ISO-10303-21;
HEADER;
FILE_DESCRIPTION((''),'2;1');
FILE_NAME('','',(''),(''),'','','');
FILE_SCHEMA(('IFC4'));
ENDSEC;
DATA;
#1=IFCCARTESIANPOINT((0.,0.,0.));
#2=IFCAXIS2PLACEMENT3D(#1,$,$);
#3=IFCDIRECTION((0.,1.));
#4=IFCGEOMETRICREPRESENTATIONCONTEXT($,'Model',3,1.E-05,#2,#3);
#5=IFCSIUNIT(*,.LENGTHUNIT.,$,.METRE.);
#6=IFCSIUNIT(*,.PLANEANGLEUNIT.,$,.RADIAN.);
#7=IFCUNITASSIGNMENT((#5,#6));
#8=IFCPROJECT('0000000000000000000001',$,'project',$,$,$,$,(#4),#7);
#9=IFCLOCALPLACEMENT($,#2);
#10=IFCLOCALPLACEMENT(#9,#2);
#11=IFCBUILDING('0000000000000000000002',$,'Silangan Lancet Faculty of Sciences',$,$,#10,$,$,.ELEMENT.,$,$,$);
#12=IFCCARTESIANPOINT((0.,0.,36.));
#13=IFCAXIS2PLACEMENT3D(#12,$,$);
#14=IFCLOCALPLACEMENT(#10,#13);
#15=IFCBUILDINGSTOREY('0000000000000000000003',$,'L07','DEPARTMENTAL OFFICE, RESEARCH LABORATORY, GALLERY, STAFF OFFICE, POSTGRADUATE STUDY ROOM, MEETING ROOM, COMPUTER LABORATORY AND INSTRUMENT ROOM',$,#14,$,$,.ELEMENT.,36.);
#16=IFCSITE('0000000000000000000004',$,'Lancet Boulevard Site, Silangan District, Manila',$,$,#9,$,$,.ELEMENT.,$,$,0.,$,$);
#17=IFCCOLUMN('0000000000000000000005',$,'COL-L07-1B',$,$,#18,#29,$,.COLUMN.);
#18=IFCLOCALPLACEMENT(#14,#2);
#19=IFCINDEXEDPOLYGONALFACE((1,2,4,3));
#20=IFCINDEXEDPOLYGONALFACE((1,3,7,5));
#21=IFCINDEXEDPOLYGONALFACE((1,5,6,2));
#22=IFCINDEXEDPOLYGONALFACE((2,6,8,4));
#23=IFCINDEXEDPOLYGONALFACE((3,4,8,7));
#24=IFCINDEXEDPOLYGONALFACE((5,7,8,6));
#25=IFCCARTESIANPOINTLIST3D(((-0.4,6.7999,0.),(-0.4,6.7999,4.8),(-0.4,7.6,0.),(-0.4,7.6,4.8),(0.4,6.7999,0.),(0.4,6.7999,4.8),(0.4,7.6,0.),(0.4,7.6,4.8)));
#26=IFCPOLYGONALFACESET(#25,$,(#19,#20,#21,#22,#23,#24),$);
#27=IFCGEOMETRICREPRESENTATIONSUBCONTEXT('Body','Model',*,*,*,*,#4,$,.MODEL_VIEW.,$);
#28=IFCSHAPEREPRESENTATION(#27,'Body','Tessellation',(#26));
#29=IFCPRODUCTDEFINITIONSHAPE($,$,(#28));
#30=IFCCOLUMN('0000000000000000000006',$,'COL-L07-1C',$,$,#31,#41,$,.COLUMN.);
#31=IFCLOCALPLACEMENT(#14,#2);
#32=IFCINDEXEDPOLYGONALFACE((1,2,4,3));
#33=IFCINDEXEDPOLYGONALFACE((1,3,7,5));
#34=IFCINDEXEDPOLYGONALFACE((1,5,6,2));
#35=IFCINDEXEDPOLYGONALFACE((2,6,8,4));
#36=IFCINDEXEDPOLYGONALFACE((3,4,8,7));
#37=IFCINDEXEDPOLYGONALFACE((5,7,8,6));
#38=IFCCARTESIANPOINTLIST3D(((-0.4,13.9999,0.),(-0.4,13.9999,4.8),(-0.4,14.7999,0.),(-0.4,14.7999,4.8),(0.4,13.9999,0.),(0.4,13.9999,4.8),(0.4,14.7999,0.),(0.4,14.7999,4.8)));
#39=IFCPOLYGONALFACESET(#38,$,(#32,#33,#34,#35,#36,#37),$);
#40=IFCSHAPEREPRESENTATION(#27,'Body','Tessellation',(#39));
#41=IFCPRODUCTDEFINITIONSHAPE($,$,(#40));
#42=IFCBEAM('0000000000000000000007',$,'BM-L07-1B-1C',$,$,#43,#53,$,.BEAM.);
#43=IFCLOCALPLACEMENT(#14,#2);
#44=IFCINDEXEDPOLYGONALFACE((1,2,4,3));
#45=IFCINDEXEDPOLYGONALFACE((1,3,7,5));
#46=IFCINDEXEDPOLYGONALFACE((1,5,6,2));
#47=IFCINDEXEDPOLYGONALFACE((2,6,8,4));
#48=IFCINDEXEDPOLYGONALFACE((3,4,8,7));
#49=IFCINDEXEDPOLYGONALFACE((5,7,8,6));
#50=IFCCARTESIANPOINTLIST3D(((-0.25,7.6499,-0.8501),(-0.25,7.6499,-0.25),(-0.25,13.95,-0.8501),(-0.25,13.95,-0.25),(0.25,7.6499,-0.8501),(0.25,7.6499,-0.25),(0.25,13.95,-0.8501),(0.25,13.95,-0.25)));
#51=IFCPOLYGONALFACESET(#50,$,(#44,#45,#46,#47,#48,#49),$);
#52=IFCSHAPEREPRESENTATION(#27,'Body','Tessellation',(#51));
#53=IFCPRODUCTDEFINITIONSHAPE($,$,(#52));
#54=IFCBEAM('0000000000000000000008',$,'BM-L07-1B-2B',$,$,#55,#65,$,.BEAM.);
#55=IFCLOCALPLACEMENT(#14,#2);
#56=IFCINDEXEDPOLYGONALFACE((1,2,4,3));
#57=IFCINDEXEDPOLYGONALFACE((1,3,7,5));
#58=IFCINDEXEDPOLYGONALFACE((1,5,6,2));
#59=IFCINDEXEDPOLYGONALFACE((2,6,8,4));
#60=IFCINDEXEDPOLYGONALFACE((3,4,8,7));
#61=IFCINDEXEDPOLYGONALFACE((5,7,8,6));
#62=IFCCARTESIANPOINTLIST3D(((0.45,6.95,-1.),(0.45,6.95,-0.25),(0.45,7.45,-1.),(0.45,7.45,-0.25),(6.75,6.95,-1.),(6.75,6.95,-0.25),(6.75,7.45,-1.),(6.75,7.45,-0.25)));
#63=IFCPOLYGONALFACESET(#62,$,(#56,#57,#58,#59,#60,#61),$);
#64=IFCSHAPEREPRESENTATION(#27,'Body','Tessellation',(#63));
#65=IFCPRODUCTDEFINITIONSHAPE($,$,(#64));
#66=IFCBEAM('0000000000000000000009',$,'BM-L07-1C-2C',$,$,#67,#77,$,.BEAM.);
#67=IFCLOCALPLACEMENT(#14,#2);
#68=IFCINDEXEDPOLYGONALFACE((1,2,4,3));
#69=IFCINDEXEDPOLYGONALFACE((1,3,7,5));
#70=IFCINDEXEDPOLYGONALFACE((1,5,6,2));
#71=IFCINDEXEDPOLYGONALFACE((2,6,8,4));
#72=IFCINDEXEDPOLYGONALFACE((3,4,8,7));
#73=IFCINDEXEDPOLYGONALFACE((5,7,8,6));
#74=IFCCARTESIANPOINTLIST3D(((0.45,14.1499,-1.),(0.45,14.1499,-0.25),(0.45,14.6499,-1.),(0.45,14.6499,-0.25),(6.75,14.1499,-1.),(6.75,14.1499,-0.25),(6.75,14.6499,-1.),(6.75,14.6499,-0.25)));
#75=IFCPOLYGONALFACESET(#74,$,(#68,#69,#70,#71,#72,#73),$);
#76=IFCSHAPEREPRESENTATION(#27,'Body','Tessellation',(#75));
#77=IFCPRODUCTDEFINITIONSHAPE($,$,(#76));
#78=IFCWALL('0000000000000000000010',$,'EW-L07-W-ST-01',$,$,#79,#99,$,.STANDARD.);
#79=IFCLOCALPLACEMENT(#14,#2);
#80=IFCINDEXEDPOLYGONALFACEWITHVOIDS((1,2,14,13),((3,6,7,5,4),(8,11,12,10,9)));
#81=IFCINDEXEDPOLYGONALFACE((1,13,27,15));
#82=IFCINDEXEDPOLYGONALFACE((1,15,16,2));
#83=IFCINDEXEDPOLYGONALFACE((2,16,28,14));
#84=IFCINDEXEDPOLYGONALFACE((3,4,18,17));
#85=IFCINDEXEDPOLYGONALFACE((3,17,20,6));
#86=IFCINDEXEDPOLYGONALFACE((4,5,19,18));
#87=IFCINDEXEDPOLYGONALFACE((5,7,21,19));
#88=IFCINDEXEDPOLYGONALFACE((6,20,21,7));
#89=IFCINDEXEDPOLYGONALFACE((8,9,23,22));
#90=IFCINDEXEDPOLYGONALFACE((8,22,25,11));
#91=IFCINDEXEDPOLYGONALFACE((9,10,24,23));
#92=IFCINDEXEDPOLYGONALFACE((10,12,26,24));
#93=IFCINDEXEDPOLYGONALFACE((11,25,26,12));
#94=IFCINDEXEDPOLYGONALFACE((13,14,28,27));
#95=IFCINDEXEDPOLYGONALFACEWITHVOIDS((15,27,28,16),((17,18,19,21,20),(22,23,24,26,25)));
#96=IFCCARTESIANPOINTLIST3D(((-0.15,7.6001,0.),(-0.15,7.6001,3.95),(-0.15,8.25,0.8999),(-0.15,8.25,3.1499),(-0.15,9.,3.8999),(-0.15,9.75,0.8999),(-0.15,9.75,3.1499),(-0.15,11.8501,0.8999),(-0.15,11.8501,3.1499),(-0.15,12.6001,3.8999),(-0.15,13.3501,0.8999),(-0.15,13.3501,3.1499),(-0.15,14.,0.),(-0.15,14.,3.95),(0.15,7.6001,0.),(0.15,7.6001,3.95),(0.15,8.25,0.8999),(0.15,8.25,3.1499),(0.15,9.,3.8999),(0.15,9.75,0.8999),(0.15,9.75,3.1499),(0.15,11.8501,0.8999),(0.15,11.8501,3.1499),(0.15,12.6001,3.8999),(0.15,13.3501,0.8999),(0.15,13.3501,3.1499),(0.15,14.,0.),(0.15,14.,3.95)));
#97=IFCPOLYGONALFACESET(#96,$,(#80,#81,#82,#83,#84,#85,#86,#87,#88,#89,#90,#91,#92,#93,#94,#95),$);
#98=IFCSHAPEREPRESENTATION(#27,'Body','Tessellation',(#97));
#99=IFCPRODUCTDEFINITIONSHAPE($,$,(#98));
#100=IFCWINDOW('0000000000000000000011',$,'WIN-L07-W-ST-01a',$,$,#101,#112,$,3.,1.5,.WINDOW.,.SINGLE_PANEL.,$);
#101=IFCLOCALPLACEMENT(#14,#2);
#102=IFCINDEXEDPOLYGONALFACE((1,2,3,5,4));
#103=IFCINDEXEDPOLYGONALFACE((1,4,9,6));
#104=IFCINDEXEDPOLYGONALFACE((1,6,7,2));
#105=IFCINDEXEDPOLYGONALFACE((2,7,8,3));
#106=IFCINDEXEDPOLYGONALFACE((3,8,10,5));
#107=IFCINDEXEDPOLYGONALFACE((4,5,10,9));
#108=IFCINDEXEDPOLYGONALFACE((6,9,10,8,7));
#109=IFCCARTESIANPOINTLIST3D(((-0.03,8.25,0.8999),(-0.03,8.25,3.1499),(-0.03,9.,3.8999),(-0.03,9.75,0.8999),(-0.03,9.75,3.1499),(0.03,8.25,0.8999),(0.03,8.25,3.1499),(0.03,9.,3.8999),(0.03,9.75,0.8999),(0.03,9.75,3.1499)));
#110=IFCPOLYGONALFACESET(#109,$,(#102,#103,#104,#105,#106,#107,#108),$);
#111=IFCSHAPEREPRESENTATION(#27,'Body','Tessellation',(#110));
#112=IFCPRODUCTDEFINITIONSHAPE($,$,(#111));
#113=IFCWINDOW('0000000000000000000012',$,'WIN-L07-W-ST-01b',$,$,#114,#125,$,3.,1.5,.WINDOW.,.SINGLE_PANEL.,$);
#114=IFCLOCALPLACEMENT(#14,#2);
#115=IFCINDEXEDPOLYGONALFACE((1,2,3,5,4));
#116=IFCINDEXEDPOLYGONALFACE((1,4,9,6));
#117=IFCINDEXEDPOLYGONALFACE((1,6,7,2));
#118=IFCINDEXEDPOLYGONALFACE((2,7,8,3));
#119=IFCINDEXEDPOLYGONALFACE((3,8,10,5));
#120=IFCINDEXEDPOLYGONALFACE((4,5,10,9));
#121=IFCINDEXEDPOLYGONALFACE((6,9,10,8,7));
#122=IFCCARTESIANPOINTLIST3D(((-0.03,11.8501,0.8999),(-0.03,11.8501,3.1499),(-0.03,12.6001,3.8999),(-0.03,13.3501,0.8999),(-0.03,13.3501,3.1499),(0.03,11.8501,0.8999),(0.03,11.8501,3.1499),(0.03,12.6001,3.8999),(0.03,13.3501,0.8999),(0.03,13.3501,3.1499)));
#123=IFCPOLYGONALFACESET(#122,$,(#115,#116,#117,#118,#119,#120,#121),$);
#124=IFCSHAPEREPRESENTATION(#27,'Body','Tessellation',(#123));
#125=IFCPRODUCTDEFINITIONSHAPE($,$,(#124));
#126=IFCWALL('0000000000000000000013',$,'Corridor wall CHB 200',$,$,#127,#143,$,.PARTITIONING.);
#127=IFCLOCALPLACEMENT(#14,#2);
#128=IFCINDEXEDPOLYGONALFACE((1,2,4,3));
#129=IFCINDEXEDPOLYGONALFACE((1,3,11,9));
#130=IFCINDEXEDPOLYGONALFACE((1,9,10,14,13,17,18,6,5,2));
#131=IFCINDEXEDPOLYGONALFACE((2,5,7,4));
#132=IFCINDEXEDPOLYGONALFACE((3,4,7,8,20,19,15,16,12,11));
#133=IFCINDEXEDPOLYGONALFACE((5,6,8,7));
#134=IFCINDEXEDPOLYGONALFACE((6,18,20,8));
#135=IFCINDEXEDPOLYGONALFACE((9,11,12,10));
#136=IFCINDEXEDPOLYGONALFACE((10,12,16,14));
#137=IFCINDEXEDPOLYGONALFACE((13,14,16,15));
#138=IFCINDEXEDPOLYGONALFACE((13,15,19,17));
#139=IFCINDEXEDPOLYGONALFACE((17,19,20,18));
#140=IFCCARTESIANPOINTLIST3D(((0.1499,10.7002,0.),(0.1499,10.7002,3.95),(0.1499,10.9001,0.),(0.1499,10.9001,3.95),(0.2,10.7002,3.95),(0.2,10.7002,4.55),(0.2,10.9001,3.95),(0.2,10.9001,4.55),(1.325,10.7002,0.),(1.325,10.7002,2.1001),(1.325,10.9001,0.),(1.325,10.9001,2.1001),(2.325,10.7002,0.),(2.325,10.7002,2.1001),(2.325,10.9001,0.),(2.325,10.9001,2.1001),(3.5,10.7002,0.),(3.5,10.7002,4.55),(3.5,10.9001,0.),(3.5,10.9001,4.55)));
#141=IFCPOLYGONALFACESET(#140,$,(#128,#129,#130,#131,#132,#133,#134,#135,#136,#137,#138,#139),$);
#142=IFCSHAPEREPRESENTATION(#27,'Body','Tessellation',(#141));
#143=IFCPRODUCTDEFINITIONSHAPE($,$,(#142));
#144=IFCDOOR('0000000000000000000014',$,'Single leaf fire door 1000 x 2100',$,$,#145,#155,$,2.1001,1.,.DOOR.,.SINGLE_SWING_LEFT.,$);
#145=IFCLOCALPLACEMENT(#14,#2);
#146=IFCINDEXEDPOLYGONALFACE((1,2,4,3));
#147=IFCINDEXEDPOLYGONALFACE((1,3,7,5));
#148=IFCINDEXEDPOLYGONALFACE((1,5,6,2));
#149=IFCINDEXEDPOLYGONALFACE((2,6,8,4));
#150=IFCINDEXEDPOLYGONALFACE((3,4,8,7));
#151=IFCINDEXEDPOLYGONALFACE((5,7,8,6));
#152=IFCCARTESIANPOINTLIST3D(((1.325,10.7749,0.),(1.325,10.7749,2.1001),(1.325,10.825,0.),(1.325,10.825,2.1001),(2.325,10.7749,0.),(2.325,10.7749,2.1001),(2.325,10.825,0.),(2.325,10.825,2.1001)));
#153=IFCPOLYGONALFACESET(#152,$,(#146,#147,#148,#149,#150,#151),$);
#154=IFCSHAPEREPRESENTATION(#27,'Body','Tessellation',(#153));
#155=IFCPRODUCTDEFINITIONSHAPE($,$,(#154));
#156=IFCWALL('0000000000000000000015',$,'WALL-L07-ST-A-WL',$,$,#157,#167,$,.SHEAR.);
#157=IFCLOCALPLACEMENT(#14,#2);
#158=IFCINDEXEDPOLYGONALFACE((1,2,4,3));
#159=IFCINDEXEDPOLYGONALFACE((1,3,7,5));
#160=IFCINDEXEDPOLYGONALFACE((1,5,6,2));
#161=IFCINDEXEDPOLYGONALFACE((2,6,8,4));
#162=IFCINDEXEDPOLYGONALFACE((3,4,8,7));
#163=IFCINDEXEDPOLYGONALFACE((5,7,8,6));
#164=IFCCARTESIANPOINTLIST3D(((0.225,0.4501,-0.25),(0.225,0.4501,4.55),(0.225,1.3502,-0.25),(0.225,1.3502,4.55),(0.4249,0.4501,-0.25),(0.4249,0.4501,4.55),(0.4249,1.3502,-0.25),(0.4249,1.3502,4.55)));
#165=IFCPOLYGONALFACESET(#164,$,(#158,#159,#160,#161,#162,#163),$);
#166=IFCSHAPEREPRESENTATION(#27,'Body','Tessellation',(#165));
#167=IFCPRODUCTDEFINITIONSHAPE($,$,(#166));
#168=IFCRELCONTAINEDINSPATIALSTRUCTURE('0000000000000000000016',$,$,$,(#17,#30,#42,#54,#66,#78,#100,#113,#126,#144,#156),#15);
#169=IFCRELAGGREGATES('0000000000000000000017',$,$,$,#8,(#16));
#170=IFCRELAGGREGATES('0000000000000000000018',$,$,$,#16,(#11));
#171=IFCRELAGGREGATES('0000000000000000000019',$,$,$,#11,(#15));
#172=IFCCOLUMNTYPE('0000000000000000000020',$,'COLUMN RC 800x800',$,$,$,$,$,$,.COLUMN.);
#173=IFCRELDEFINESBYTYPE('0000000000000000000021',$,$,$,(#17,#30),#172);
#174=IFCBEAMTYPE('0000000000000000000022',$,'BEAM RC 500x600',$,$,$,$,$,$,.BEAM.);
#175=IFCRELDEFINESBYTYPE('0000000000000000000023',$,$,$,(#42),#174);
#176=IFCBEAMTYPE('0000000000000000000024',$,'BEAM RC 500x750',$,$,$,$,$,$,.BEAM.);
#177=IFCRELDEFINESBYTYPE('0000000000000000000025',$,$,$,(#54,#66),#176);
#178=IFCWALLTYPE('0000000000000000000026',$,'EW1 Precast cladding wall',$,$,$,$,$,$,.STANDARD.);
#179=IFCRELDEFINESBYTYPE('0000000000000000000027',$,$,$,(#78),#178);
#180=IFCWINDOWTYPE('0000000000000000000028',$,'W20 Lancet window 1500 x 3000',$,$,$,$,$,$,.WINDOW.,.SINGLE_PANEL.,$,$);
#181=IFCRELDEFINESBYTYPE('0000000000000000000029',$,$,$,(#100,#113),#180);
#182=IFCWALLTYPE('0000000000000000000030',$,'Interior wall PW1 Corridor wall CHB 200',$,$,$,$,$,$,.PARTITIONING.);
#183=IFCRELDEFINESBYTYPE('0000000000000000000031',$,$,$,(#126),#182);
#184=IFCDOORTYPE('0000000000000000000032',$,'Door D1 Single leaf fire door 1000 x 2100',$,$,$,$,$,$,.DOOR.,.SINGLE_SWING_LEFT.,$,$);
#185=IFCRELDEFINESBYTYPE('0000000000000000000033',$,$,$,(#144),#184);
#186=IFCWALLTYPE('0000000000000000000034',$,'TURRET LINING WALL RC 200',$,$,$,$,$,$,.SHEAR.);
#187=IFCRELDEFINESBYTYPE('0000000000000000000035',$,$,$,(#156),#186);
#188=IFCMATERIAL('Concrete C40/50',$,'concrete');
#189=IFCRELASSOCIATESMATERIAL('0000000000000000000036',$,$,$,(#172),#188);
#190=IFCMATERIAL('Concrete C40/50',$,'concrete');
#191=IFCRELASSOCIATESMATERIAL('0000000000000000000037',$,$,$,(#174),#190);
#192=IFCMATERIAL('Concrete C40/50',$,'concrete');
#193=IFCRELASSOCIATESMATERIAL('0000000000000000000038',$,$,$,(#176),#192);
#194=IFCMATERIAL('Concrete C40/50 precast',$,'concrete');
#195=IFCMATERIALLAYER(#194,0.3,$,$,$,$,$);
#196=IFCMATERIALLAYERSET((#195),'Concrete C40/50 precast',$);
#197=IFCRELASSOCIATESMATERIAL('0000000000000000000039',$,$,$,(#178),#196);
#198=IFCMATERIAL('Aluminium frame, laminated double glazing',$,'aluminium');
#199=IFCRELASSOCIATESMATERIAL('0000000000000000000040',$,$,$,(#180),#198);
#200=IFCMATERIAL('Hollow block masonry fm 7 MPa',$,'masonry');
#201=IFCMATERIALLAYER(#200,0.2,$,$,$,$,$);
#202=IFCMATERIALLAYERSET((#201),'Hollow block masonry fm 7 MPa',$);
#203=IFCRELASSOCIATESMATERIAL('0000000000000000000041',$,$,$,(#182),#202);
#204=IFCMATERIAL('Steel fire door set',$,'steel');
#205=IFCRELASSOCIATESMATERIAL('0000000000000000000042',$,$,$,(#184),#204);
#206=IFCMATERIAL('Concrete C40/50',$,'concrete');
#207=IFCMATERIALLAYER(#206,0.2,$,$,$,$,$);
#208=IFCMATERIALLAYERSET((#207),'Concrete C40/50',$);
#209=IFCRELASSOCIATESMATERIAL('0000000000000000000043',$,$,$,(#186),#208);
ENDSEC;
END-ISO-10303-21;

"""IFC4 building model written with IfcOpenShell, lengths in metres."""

from ifc_helpers import new_model, si_unit, direction, frame, frame_2d, origin, origin_2d, place, context, subcontext, project, spatial, polyline, rectangle, outline, extrude, material, layer, layer_set, material_profile, profile_set, type_object, element, fill, save


model = new_model("IFC4")

# Units and contexts
model_context = context("Model", 3, precision=1e-05, world=origin(), true_north=direction((0.0, 1.0)))
body_context = subcontext(model_context, "Body", "Model", "MODEL_VIEW")
ifc_project = project(units=[si_unit("LENGTHUNIT", "METRE"), si_unit("PLANEANGLEUNIT", "RADIAN")], contexts=[model_context])

# Site, building, storey
site_placement = place(None, origin())
site = spatial("IfcSite", under=ifc_project, at=site_placement, Name="Lancet Boulevard Site, Silangan District, Manila", CompositionType="ELEMENT", RefElevation=0.0)
building_placement = place(site_placement, origin())
building = spatial("IfcBuilding", under=site, at=building_placement, Name="Silangan Lancet Faculty of Sciences", CompositionType="ELEMENT")
storey_placement = place(building_placement, frame((0.0, 0.0, 36.0)))
storey = spatial("IfcBuildingStorey", under=building, at=storey_placement, Name="L07", Description="DEPARTMENTAL OFFICE, RESEARCH LABORATORY, GALLERY, STAFF OFFICE, POSTGRADUATE STUDY ROOM, MEETING ROOM, COMPUTER LABORATORY AND INSTRUMENT ROOM", CompositionType="ELEMENT", Elevation=36.0)

# Columns
ifc_material_1 = material(Name="Concrete C40/50", Category="concrete")
ifc_material_profile_1 = material_profile(ifc_material_1, rectangle(XDim=0.8, YDim=0.8, at=origin_2d()), Name="RC 800x800")
ifc_profile_set_1 = profile_set([ifc_material_profile_1], Name="Concrete C40/50")
column_type = type_object("IfcColumnType", Name="COLUMN RC 800x800", PredefinedType="COLUMN", material=ifc_profile_set_1)
for number, where, z_axis, x_axis, name in (
    (1, (0.0, 7.2, 0.0), (0.0, 0.0, 1.0), (1.0, 0.0, 0.0), "COL-L07-1B"),
    (2, (0.0, 14.3999, 0.0), (0.0, 0.0, 1.0), (1.0, 0.0, 0.0), "COL-L07-1C"),
):
    element("IfcColumn", number, at=place(storey_placement, frame(where, z_axis=z_axis, x_axis=x_axis)), inside=storey, type_object=column_type, Name=name, PredefinedType="COLUMN", context=body_context, shape_type="SweptSolid", body=[
        extrude(rectangle(XDim=0.8, YDim=0.8, at=origin_2d()), origin(), (0.0, 0.0, 1.0), 4.8),
    ])

# Beams
ifc_material_2 = material(Name="Concrete C40/50", Category="concrete")
ifc_material_profile_2 = material_profile(ifc_material_2, rectangle(XDim=0.5, YDim=0.6001, at=origin_2d()), Name="RC 500x600")
ifc_profile_set_2 = profile_set([ifc_material_profile_2], Name="Concrete C40/50")
beam_type_1 = type_object("IfcBeamType", Name="BEAM RC 500x600", PredefinedType="BEAM", material=ifc_profile_set_2)
beam_placement = place(storey_placement, frame((0.0, 7.6499, -0.55), z_axis=(0.0, 1.0, 0.0), x_axis=(-1.0, 0.0, 0.0)))
element("IfcBeam", 3, at=beam_placement, inside=storey, type_object=beam_type_1, Name="BM-L07-1B-1C", PredefinedType="BEAM", context=body_context, shape_type="SweptSolid", body=[
    extrude(rectangle(XDim=0.5, YDim=0.6001, at=origin_2d()), origin(), (0.0, 0.0, 1.0), 6.3),
])
ifc_material_3 = material(Name="Concrete C40/50", Category="concrete")
ifc_material_profile_3 = material_profile(ifc_material_3, rectangle(XDim=0.5, YDim=0.75, at=origin_2d()), Name="RC 500x750")
ifc_profile_set_3 = profile_set([ifc_material_profile_3], Name="Concrete C40/50")
beam_type_2 = type_object("IfcBeamType", Name="BEAM RC 500x750", PredefinedType="BEAM", material=ifc_profile_set_3)
for number, where, z_axis, x_axis, name in (
    (4, (0.45, 7.2, -0.625), (1.0, 0.0, 0.0), (0.0, 1.0, 0.0), "BM-L07-1B-2B"),
    (5, (0.45, 14.3999, -0.625), (1.0, 0.0, 0.0), (0.0, 1.0, 0.0), "BM-L07-1C-2C"),
):
    element("IfcBeam", number, at=place(storey_placement, frame(where, z_axis=z_axis, x_axis=x_axis)), inside=storey, type_object=beam_type_2, Name=name, PredefinedType="BEAM", context=body_context, shape_type="SweptSolid", body=[
        extrude(rectangle(XDim=0.5, YDim=0.75, at=origin_2d()), origin(), (0.0, 0.0, 1.0), 6.3),
    ])

# Wall, openings, windows
ifc_material_4 = material(Name="Concrete C40/50 precast", Category="concrete")
ifc_layer_1 = layer(ifc_material_4, 0.3)
ifc_layer_set_1 = layer_set([ifc_layer_1], Name="Concrete C40/50 precast")
wall_type_1 = type_object("IfcWallType", Name="EW1 Precast cladding wall", PredefinedType="STANDARD", material=ifc_layer_set_1)
wall_1_placement = place(storey_placement, frame((0.0, 7.6001, 0.0), z_axis=(0.0, 0.0, 1.0), x_axis=(0.0, 1.0, 0.0)))
wall_1 = element("IfcWall", 6, at=wall_1_placement, inside=storey, type_object=wall_type_1, Name="EW-L07-W-ST-01", PredefinedType="STANDARD", context=body_context, shape_type="SweptSolid", body=[
    extrude(rectangle(XDim=6.3999, YDim=0.3, at=frame_2d((3.2, 0.0))), origin(), (0.0, 0.0, 1.0), 3.95),
])
opening_1_placement = place(wall_1_placement, frame((0.6499, 0.0, 0.8999)))
opening_1 = element("IfcOpeningElement", 7, at=opening_1_placement, cuts=wall_1, PredefinedType="OPENING", context=body_context, shape_type="SweptSolid", body=[
    extrude(outline(polyline([(0.0, 0.0), (1.5, 0.0), (1.5, 2.25), (0.75, 3.0), (0.0, 2.25), (0.0, 0.0)])), frame((0.0, 0.1599, 0.0), z_axis=(0.0, -1.0, 0.0), x_axis=(1.0, 0.0, 0.0)), (0.0, 0.0, 1.0), 0.3201),
])
opening_2_placement = place(wall_1_placement, frame((4.25, 0.0, 0.8999)))
opening_2 = element("IfcOpeningElement", 8, at=opening_2_placement, cuts=wall_1, PredefinedType="OPENING", context=body_context, shape_type="SweptSolid", body=[
    extrude(outline(polyline([(0.0, 0.0), (1.5, 0.0), (1.5, 2.25), (0.75, 3.0), (0.0, 2.25), (0.0, 0.0)])), frame((0.0, 0.1599, 0.0), z_axis=(0.0, -1.0, 0.0), x_axis=(1.0, 0.0, 0.0)), (0.0, 0.0, 1.0), 0.3201),
])
ifc_material_5 = material(Name="Aluminium frame, laminated double glazing", Category="aluminium")
window_type = type_object("IfcWindowType", Name="W20 Lancet window 1500 x 3000", PartitioningType="SINGLE_PANEL", PredefinedType="WINDOW", material=ifc_material_5)
window_1_placement = place(opening_1_placement, origin())
window_1 = element("IfcWindow", 9, at=window_1_placement, inside=storey, type_object=window_type, Name="WIN-L07-W-ST-01a", OverallHeight=3.0, OverallWidth=1.5, PartitioningType="SINGLE_PANEL", PredefinedType="WINDOW", context=body_context, shape_type="SweptSolid", body=[
    extrude(outline(polyline([(0.0, 0.0), (1.5, 0.0), (1.5, 2.25), (0.75, 3.0), (0.0, 2.25), (0.0, 0.0)])), frame((0.0, 0.03, 0.0), z_axis=(0.0, -1.0, 0.0), x_axis=(1.0, 0.0, 0.0)), (0.0, 0.0, 1.0), 0.0601),
])
fill(opening_1, window_1)
window_2_placement = place(opening_2_placement, origin())
window_2 = element("IfcWindow", 10, at=window_2_placement, inside=storey, type_object=window_type, Name="WIN-L07-W-ST-01b", OverallHeight=3.0, OverallWidth=1.5, PartitioningType="SINGLE_PANEL", PredefinedType="WINDOW", context=body_context, shape_type="SweptSolid", body=[
    extrude(outline(polyline([(0.0, 0.0), (1.5, 0.0), (1.5, 2.25), (0.75, 3.0), (0.0, 2.25), (0.0, 0.0)])), frame((0.0, 0.03, 0.0), z_axis=(0.0, -1.0, 0.0), x_axis=(1.0, 0.0, 0.0)), (0.0, 0.0, 1.0), 0.0601),
])
fill(opening_2, window_2)

# Wall, opening, door
ifc_material_6 = material(Name="Hollow block masonry fm 7 MPa", Category="masonry")
ifc_layer_2 = layer(ifc_material_6, 0.2)
ifc_layer_set_2 = layer_set([ifc_layer_2], Name="Hollow block masonry fm 7 MPa")
wall_type_2 = type_object("IfcWallType", Name="Interior wall PW1 Corridor wall CHB 200", PredefinedType="PARTITIONING", material=ifc_layer_set_2)
wall_2_placement = place(storey_placement, frame((0.1499, 10.8, 0.0), z_axis=(0.0, 0.0, 1.0), x_axis=(1.0, 0.0, 0.0)))
wall_2 = element("IfcWall", 11, at=wall_2_placement, inside=storey, type_object=wall_type_2, Name="Corridor wall CHB 200", PredefinedType="PARTITIONING", context=body_context, shape_type="SweptSolid", body=[
    extrude(outline(polyline([(0.0, 0.0), (3.3501, 0.0), (3.3501, 4.55), (0.05, 4.55), (0.05, 3.95), (0.0, 3.95), (0.0, 0.0)])), frame((0.0, 0.1001, 0.0), z_axis=(0.0, -1.0, 0.0), x_axis=(1.0, 0.0, 0.0)), (0.0, 0.0, 1.0), 0.2),
])
opening_3_placement = place(wall_2_placement, frame((1.175, 0.0, 0.0)))
opening_3 = element("IfcOpeningElement", 12, at=opening_3_placement, cuts=wall_2, PredefinedType="OPENING", context=body_context, shape_type="SweptSolid", body=[
    extrude(rectangle(XDim=1.0, YDim=2.1001, at=frame_2d((0.5, 1.05))), frame((0.0, 0.1099, 0.0), z_axis=(0.0, -1.0, 0.0), x_axis=(1.0, 0.0, 0.0)), (0.0, 0.0, 1.0), 0.22),
])
ifc_material_7 = material(Name="Steel fire door set", Category="steel")
door_type_1 = type_object("IfcDoorType", Name="Door D1 Single leaf fire door 1000 x 2100", OperationType="SINGLE_SWING_LEFT", PredefinedType="DOOR", material=ifc_material_7)
door_1_placement = place(opening_3_placement, origin())
door_1 = element("IfcDoor", 13, at=door_1_placement, inside=storey, type_object=door_type_1, Name="Single leaf fire door 1000 x 2100", OperationType="SINGLE_SWING_LEFT", OverallHeight=2.1001, OverallWidth=1.0, PredefinedType="DOOR", context=body_context, shape_type="SweptSolid", body=[
    extrude(rectangle(XDim=1.0, YDim=2.1001, at=frame_2d((0.5, 1.05))), frame((0.0, 0.0249, 0.0), z_axis=(0.0, -1.0, 0.0), x_axis=(1.0, 0.0, 0.0)), (0.0, 0.0, 1.0), 0.05),
])
fill(opening_3, door_1)

# Wall
ifc_material_8 = material(Name="Concrete C40/50", Category="concrete")
ifc_layer_3 = layer(ifc_material_8, 0.2)
ifc_layer_set_3 = layer_set([ifc_layer_3], Name="Concrete C40/50")
wall_type_3 = type_object("IfcWallType", Name="TURRET LINING WALL RC 200", PredefinedType="SHEAR", material=ifc_layer_set_3)
wall_3_placement = place(storey_placement, frame((0.325, 0.45, -0.25), z_axis=(0.0, 0.0, 1.0), x_axis=(0.0, 1.0, 0.0)))
element("IfcWall", 14, at=wall_3_placement, inside=storey, type_object=wall_type_3, Name="WALL-L07-ST-A-WL", PredefinedType="SHEAR", context=body_context, shape_type="SweptSolid", body=[
    extrude(rectangle(XDim=0.9001, YDim=0.2, at=frame_2d((0.4502, 0.0))), origin(), (0.0, 0.0, 1.0), 4.8),
])

save(model, "model.ifc")
